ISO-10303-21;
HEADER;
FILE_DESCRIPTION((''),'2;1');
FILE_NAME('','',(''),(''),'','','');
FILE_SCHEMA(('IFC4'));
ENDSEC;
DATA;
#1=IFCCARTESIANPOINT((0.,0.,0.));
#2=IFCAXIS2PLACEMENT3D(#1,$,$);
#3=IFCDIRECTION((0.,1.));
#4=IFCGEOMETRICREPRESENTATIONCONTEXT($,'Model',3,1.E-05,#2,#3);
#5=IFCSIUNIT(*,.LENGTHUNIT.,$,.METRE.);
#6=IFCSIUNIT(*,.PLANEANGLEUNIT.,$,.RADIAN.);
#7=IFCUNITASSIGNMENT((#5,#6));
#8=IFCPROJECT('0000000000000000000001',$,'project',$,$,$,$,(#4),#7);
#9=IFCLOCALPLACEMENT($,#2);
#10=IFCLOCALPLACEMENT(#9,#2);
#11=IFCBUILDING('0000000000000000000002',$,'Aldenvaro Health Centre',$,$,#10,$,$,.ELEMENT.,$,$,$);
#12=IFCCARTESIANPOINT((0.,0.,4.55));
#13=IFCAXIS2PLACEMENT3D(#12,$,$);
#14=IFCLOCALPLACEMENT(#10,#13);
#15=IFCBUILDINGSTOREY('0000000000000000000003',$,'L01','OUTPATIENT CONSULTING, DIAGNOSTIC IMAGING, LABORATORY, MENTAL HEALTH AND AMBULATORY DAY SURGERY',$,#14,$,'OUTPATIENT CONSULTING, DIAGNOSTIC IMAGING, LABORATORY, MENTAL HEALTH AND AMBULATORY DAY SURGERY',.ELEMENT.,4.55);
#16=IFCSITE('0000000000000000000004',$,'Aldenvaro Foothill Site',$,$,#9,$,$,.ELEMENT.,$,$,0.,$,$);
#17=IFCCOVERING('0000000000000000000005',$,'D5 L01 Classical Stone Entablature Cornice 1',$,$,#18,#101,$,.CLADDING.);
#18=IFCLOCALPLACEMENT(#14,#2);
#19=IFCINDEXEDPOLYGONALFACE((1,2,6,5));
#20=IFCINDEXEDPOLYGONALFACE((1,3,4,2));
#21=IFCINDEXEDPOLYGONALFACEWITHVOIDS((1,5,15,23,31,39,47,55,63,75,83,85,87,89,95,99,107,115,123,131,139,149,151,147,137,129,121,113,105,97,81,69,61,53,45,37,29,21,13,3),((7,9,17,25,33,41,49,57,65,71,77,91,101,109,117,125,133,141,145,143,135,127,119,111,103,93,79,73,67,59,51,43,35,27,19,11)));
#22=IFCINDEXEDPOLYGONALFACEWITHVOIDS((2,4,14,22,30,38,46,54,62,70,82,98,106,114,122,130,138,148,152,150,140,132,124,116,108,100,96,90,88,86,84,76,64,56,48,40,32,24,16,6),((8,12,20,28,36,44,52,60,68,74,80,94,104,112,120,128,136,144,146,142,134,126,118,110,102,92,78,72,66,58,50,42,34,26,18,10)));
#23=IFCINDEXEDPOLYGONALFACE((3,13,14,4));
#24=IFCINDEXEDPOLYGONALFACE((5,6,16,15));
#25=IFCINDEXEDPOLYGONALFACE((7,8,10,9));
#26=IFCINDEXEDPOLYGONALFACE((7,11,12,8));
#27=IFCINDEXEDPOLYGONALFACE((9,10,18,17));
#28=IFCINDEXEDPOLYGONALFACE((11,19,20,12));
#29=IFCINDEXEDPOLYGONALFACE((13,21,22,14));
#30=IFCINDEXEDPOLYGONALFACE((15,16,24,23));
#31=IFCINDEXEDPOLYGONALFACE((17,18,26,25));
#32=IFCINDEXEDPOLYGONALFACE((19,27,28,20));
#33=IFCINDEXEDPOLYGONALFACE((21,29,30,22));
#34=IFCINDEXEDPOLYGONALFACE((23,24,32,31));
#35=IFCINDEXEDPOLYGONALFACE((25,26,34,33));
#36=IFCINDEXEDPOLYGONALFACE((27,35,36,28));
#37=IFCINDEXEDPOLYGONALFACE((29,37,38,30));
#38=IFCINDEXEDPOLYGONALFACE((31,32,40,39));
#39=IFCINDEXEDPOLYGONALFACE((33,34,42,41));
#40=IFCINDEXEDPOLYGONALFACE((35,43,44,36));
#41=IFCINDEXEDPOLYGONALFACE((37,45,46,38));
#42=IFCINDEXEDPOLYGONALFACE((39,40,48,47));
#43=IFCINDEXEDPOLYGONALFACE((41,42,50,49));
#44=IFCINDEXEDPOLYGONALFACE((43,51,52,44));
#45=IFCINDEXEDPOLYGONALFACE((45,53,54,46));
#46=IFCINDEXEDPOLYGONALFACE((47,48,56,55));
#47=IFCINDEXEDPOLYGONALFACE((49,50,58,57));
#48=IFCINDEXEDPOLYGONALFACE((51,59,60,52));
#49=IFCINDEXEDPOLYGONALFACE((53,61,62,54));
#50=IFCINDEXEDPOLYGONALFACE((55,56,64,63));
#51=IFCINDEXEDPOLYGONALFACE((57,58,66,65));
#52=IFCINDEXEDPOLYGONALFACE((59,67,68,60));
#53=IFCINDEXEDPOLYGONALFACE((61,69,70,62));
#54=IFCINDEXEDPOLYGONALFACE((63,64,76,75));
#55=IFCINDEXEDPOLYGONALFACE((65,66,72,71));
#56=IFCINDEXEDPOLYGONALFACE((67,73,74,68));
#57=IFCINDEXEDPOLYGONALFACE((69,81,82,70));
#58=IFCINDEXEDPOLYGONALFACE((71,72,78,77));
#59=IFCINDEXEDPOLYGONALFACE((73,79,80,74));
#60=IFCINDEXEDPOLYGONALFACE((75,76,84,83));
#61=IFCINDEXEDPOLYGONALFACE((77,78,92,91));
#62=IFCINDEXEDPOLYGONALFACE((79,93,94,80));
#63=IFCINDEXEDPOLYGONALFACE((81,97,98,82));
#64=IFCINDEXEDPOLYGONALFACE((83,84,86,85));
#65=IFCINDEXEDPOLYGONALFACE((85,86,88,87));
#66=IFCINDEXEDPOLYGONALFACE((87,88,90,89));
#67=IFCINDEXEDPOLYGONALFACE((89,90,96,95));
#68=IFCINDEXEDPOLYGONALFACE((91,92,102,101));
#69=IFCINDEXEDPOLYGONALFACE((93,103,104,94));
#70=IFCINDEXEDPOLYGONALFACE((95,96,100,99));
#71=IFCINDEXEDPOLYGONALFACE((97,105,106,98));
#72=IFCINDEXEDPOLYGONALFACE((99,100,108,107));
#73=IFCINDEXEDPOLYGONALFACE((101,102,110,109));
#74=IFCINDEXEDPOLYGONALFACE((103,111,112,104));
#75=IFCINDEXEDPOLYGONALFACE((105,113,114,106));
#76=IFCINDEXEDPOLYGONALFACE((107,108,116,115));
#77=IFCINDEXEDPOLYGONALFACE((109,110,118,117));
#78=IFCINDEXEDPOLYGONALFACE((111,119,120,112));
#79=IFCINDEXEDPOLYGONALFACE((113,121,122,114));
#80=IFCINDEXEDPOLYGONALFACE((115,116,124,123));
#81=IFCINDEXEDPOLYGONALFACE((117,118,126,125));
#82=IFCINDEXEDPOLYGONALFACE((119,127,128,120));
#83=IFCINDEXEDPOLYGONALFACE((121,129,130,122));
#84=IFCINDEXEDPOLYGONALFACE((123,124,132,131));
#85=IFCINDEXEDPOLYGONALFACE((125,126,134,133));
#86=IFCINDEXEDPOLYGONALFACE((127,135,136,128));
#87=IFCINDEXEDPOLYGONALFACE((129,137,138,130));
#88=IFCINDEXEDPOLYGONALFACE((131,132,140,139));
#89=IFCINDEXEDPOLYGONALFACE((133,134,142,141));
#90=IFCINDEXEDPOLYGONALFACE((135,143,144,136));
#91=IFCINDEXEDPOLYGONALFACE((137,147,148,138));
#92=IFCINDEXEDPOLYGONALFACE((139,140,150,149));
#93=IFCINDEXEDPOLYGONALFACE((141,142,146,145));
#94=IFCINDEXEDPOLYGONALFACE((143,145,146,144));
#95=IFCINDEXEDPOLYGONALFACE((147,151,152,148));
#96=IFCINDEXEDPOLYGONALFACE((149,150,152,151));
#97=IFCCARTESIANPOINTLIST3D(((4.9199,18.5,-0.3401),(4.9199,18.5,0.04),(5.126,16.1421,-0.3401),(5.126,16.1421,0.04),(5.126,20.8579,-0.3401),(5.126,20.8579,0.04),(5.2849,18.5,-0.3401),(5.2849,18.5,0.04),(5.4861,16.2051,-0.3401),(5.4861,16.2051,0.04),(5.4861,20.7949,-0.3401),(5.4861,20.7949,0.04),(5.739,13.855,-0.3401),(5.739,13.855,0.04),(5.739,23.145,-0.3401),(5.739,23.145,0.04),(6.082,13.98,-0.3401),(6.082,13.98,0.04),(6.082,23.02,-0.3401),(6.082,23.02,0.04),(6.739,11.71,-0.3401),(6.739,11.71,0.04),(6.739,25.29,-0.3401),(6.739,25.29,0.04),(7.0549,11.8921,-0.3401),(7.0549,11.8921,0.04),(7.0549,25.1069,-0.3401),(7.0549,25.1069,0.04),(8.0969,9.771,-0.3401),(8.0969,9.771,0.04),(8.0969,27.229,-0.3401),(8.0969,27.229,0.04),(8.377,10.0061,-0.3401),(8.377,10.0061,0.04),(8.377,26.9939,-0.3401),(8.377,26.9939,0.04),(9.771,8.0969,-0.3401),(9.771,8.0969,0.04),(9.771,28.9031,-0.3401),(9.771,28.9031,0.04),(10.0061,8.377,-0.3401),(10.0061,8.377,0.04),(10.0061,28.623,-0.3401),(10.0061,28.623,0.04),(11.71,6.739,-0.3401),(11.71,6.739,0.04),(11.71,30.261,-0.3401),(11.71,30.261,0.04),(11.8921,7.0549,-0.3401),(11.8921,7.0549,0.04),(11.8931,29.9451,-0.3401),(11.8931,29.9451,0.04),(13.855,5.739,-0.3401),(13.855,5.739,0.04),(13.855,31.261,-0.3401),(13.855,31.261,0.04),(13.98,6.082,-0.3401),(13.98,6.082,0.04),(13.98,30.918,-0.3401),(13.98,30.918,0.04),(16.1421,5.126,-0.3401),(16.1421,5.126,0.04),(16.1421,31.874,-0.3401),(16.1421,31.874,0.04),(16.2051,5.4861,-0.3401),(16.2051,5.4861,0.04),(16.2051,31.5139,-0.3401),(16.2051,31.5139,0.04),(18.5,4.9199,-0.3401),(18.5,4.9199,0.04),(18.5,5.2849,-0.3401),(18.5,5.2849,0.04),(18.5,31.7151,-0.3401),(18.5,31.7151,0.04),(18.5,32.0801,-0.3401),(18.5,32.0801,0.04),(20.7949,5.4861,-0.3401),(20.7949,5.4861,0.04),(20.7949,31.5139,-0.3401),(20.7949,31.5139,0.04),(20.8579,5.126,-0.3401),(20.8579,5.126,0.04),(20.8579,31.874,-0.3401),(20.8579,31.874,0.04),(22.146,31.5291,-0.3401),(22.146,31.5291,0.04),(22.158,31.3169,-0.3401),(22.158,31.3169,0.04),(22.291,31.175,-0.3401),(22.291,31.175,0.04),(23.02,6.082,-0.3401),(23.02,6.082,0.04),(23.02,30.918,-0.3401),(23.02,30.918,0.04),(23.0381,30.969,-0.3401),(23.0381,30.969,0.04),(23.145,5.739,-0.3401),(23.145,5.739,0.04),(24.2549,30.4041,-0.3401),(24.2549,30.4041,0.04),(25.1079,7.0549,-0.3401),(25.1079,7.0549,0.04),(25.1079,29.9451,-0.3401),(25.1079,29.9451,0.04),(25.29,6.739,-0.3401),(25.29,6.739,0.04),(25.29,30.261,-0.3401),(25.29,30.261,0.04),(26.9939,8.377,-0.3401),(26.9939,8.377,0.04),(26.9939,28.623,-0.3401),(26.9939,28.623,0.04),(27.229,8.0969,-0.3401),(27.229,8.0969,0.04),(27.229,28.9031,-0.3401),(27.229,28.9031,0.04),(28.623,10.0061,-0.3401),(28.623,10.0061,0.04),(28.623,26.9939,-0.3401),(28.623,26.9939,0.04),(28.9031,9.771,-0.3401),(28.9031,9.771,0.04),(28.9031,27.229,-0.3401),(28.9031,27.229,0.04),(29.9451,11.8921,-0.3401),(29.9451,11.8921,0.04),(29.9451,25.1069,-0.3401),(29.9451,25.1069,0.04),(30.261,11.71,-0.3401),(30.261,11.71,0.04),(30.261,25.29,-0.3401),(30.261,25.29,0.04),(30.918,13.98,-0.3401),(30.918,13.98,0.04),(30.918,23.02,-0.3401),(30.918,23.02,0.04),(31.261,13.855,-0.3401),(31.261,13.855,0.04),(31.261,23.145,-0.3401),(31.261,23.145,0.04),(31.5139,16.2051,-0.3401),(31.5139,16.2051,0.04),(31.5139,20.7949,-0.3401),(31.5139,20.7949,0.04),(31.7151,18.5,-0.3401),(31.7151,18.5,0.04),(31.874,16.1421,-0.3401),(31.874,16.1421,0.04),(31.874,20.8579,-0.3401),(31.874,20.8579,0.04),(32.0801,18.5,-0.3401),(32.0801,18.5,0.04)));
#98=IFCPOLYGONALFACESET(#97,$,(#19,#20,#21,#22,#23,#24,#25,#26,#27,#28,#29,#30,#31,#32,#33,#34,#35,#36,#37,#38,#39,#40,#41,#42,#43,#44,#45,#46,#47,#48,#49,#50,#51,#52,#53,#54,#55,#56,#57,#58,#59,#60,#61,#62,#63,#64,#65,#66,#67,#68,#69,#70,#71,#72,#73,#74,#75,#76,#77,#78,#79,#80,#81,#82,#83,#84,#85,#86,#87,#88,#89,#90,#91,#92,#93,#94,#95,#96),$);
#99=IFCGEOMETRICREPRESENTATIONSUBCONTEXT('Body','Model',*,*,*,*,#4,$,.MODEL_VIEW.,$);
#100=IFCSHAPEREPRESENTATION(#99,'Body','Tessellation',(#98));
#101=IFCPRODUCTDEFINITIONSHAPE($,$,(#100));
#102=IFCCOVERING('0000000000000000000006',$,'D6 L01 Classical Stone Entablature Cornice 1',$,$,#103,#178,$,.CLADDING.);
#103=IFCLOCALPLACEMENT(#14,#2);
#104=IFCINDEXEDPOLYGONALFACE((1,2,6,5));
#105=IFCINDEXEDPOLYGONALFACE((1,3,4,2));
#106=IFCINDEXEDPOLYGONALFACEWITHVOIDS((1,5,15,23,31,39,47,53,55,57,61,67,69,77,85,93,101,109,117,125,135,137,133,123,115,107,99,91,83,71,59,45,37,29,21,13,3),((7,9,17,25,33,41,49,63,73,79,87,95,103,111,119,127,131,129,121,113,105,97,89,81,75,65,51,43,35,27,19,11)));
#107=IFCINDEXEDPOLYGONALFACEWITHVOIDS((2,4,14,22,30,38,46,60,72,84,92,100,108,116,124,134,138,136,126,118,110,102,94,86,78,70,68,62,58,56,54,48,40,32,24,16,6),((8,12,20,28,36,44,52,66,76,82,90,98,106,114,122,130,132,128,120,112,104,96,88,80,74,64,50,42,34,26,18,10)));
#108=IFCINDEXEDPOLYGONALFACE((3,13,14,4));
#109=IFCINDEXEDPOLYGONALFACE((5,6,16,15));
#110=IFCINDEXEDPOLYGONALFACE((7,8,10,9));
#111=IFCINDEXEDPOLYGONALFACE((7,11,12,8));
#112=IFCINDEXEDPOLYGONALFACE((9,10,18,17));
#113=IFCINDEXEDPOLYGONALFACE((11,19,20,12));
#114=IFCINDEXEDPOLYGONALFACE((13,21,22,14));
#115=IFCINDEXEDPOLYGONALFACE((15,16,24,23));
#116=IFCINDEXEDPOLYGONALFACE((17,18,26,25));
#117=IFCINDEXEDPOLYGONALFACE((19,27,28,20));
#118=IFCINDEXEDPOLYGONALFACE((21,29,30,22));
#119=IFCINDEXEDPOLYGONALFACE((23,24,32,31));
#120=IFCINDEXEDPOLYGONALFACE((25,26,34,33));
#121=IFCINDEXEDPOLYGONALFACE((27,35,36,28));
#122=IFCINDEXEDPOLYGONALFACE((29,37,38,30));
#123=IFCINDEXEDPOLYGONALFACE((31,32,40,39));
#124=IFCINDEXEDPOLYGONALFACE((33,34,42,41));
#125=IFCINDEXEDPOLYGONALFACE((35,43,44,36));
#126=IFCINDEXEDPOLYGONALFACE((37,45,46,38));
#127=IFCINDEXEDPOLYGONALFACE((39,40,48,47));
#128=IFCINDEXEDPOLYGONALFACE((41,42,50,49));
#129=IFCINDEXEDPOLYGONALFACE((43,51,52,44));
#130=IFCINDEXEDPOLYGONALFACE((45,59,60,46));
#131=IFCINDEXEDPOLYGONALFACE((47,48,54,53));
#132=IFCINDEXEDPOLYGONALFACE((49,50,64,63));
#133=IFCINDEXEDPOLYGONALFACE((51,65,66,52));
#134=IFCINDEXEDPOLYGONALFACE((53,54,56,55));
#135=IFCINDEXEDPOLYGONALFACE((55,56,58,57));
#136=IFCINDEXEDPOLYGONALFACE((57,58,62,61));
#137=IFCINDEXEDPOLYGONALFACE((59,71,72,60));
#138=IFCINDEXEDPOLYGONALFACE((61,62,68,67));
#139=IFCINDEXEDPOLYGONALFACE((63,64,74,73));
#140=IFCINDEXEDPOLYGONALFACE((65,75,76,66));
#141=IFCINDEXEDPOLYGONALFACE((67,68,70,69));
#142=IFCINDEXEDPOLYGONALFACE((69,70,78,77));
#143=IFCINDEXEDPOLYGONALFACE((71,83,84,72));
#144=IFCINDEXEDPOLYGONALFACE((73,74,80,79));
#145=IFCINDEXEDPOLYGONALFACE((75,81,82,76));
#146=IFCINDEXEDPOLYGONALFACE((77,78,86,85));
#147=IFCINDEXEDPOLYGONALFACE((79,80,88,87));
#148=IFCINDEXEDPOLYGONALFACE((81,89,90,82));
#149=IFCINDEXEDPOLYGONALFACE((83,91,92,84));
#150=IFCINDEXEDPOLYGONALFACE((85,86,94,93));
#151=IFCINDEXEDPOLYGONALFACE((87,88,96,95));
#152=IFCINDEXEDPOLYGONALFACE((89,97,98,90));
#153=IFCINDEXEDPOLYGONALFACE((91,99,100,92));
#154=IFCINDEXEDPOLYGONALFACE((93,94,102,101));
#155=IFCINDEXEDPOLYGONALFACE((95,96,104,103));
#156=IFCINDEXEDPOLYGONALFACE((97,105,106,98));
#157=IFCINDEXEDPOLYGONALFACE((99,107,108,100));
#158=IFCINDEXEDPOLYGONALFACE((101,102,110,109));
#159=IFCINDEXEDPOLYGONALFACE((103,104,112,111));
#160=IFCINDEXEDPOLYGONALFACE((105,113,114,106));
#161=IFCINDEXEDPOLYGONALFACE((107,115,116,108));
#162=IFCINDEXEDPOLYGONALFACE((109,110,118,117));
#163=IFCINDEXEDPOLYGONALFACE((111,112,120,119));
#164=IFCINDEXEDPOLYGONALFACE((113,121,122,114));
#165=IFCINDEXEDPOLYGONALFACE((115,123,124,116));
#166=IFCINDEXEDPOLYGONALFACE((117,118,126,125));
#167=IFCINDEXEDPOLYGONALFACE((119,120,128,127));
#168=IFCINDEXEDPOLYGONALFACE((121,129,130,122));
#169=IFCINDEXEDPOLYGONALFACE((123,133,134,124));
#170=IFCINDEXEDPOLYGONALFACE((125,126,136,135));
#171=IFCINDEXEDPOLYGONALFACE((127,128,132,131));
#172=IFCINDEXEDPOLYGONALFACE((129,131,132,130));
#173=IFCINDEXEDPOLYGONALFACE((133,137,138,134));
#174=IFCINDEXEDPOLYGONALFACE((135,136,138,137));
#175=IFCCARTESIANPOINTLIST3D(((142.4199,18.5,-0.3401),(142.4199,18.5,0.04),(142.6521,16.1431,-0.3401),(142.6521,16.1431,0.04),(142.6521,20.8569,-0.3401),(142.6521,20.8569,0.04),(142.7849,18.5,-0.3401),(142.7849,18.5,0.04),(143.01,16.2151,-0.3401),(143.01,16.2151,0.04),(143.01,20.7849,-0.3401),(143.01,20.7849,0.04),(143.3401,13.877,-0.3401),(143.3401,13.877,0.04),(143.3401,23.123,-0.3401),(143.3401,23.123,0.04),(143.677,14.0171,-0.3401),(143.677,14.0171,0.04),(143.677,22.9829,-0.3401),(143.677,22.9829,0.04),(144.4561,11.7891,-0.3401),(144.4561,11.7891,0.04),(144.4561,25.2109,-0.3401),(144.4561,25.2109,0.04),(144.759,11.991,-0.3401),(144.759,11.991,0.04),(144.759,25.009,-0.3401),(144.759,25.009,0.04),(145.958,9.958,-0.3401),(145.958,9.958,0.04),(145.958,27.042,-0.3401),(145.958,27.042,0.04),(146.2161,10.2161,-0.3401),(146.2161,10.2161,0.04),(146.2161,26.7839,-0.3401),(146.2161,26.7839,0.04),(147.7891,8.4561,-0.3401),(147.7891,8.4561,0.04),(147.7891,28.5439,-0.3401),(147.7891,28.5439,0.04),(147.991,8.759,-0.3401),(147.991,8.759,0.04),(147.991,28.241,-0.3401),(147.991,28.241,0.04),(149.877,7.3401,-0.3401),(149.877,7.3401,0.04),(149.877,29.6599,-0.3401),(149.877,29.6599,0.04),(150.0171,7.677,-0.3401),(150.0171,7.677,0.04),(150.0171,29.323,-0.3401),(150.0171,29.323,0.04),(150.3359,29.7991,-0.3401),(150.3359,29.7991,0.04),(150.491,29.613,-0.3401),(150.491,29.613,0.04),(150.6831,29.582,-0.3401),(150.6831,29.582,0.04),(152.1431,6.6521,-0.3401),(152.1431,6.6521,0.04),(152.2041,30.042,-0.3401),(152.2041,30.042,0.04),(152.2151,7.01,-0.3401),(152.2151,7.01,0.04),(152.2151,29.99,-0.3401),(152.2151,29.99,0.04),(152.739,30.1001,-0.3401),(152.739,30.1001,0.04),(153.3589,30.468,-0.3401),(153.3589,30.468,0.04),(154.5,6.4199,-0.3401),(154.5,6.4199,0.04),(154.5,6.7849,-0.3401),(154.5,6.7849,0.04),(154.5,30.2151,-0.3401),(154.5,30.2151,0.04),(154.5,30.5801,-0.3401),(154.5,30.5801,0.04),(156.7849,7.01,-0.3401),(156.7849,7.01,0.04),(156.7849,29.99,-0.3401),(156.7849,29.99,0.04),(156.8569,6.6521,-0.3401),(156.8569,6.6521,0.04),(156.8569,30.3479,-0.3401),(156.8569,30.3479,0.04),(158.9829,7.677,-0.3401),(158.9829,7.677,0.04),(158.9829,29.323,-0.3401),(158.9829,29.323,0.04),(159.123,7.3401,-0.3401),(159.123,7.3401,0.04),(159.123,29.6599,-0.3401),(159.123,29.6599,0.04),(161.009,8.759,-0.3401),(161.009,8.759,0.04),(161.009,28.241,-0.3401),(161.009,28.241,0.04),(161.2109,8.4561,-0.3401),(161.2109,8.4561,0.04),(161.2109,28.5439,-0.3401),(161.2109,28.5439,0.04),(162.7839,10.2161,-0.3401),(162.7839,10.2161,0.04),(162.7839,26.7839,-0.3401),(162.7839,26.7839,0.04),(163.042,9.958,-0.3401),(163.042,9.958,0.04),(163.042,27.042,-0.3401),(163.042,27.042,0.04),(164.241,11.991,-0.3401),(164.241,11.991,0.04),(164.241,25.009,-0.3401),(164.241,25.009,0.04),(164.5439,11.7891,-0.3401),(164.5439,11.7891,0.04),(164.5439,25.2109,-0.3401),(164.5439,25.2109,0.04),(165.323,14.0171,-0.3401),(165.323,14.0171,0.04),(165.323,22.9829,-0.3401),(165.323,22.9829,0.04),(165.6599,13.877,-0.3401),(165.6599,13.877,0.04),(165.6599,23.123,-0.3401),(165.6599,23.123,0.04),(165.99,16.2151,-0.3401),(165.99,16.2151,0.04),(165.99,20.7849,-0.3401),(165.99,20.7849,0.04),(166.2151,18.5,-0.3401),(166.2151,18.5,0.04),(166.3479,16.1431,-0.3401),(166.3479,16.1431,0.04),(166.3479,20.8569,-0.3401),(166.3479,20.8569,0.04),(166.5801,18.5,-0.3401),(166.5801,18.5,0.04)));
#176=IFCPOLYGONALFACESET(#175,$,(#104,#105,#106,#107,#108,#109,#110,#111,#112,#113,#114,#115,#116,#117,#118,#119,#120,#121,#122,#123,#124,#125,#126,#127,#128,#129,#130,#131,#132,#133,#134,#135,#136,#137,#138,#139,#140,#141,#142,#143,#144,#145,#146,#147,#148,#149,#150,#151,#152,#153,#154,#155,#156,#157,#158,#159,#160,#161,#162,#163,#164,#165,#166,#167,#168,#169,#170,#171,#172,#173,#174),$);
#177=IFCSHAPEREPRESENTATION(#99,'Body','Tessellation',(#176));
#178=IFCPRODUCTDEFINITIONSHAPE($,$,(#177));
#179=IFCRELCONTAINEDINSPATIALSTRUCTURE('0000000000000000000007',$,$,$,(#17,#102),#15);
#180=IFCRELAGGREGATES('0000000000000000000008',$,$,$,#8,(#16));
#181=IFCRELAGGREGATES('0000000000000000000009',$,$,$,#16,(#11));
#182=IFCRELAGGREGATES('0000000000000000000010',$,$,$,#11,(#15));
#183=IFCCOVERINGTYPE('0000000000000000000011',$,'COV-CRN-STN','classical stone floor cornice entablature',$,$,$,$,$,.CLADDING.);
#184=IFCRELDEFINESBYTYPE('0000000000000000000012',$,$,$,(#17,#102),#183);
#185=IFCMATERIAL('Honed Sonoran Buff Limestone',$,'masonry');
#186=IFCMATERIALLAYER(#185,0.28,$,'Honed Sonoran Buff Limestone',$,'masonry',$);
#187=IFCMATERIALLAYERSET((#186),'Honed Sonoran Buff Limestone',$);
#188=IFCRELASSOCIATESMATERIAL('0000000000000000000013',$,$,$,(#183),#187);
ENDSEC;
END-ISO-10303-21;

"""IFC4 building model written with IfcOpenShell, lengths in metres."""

from ifc_helpers import new_model, si_unit, direction, frame, origin, place, context, subcontext, project, spatial, polyline, outline, extrude, material, layer, layer_set, type_object, element, save


model = new_model("IFC4")

# Units and contexts
model_context = context("Model", 3, precision=1e-05, world=origin(), true_north=direction((0.0, 1.0)))
body_context = subcontext(model_context, "Body", "Model", "MODEL_VIEW")
ifc_project = project(units=[si_unit("LENGTHUNIT", "METRE"), si_unit("PLANEANGLEUNIT", "RADIAN")], contexts=[model_context])

# Site, building, storey
site_placement = place(None, origin())
site = spatial("IfcSite", under=ifc_project, at=site_placement, Name="Aldenvaro Foothill Site", CompositionType="ELEMENT", RefElevation=0.0)
building_placement = place(site_placement, origin())
building = spatial("IfcBuilding", under=site, at=building_placement, Name="Aldenvaro Health Centre", CompositionType="ELEMENT")
storey_placement = place(building_placement, frame((0.0, 0.0, 4.55)))
storey = spatial("IfcBuildingStorey", under=building, at=storey_placement, Name="L01", Description="OUTPATIENT CONSULTING, DIAGNOSTIC IMAGING, LABORATORY, MENTAL HEALTH AND AMBULATORY DAY SURGERY", LongName="OUTPATIENT CONSULTING, DIAGNOSTIC IMAGING, LABORATORY, MENTAL HEALTH AND AMBULATORY DAY SURGERY", CompositionType="ELEMENT", Elevation=4.55)

# Coverings
ifc_material_1 = material(Name="Honed Sonoran Buff Limestone", Category="masonry")
ifc_layer_1 = layer(ifc_material_1, 0.28, Name="Honed Sonoran Buff Limestone", Category="masonry")
ifc_layer_set_1 = layer_set([ifc_layer_1], Name="Honed Sonoran Buff Limestone")
covering_type = type_object("IfcCoveringType", Name="COV-CRN-STN", Description="classical stone floor cornice entablature", PredefinedType="CLADDING", material=ifc_layer_set_1)
covering_1_placement = place(storey_placement, frame((0.0, 0.0, -0.3401)))
element("IfcCovering", 1, at=covering_1_placement, inside=storey, type_object=covering_type, Name="D5 L01 Classical Stone Entablature Cornice 1", PredefinedType="CLADDING", context=body_context, shape_type="SweptSolid", body=[
    extrude(outline(polyline([(25.29, 30.261), (27.229, 28.9031), (28.9031, 27.229), (30.261, 25.29), (31.261, 23.145), (31.874, 20.8579), (32.0801, 18.5), (31.874, 16.1421), (31.261, 13.855), (30.261, 11.71), (28.9031, 9.771), (27.229, 8.0969), (25.29, 6.739), (23.145, 5.739), (20.8579, 5.126), (18.5, 4.9199), (16.1421, 5.126), (13.855, 5.739), (11.71, 6.739), (9.771, 8.0969), (8.0969, 9.771), (6.739, 11.71), (5.739, 13.855), (5.126, 16.1421), (4.9199, 18.5), (5.126, 20.8579), (5.739, 23.145), (6.739, 25.29), (8.0969, 27.229), (9.771, 28.9031), (11.71, 30.261), (13.855, 31.261), (16.1421, 31.874), (18.5, 32.0801), (20.8579, 31.874), (22.146, 31.5291), (22.158, 31.3169), (22.291, 31.175), (23.0381, 30.969), (24.2549, 30.4041), (25.29, 30.261)]), holes=[polyline([(31.5139, 20.7949), (30.918, 23.02), (29.9451, 25.1069), (28.623, 26.9939), (26.9939, 28.623), (25.1079, 29.9451), (23.02, 30.918), (20.7949, 31.5139), (18.5, 31.7151), (16.2051, 31.5139), (13.98, 30.918), (11.8931, 29.9451), (10.0061, 28.623), (8.377, 26.9939), (7.0549, 25.1069), (6.082, 23.02), (5.4861, 20.7949), (5.2849, 18.5), (5.4861, 16.2051), (6.082, 13.98), (7.0549, 11.8921), (8.377, 10.0061), (10.0061, 8.377), (11.8921, 7.0549), (13.98, 6.082), (16.2051, 5.4861), (18.5, 5.2849), (20.7949, 5.4861), (23.02, 6.082), (25.1079, 7.0549), (26.9939, 8.377), (28.623, 10.0061), (29.9451, 11.8921), (30.918, 13.98), (31.5139, 16.2051), (31.7151, 18.5), (31.5139, 20.7949)])]), origin(), (0.0, 0.0, 1.0), 0.3801),
])
covering_2_placement = place(storey_placement, frame((0.0, 0.0, -0.3401)))
element("IfcCovering", 2, at=covering_2_placement, inside=storey, type_object=covering_type, Name="D6 L01 Classical Stone Entablature Cornice 1", PredefinedType="CLADDING", context=body_context, shape_type="SweptSolid", body=[
    extrude(outline(polyline([(154.5, 30.5801), (156.8569, 30.3479), (159.123, 29.6599), (161.2109, 28.5439), (163.042, 27.042), (164.5439, 25.2109), (165.6599, 23.123), (166.3479, 20.8569), (166.5801, 18.5), (166.3479, 16.1431), (165.6599, 13.877), (164.5439, 11.7891), (163.042, 9.958), (161.2109, 8.4561), (159.123, 7.3401), (156.8569, 6.6521), (154.5, 6.4199), (152.1431, 6.6521), (149.877, 7.3401), (147.7891, 8.4561), (145.958, 9.958), (144.4561, 11.7891), (143.3401, 13.877), (142.6521, 16.1431), (142.4199, 18.5), (142.6521, 20.8569), (143.3401, 23.123), (144.4561, 25.2109), (145.958, 27.042), (147.7891, 28.5439), (149.877, 29.6599), (150.3359, 29.7991), (150.491, 29.613), (150.6831, 29.582), (152.2041, 30.042), (152.739, 30.1001), (153.3589, 30.468), (154.5, 30.5801)]), holes=[polyline([(165.99, 20.7849), (165.323, 22.9829), (164.241, 25.009), (162.7839, 26.7839), (161.009, 28.241), (158.9829, 29.323), (156.7849, 29.99), (154.5, 30.2151), (152.2151, 29.99), (150.0171, 29.323), (147.991, 28.241), (146.2161, 26.7839), (144.759, 25.009), (143.677, 22.9829), (143.01, 20.7849), (142.7849, 18.5), (143.01, 16.2151), (143.677, 14.0171), (144.759, 11.991), (146.2161, 10.2161), (147.991, 8.759), (150.0171, 7.677), (152.2151, 7.01), (154.5, 6.7849), (156.7849, 7.01), (158.9829, 7.677), (161.009, 8.759), (162.7839, 10.2161), (164.241, 11.991), (165.323, 14.0171), (165.99, 16.2151), (166.2151, 18.5), (165.99, 20.7849)])]), origin(), (0.0, 0.0, 1.0), 0.3801),
])

save(model, "model.ifc")
